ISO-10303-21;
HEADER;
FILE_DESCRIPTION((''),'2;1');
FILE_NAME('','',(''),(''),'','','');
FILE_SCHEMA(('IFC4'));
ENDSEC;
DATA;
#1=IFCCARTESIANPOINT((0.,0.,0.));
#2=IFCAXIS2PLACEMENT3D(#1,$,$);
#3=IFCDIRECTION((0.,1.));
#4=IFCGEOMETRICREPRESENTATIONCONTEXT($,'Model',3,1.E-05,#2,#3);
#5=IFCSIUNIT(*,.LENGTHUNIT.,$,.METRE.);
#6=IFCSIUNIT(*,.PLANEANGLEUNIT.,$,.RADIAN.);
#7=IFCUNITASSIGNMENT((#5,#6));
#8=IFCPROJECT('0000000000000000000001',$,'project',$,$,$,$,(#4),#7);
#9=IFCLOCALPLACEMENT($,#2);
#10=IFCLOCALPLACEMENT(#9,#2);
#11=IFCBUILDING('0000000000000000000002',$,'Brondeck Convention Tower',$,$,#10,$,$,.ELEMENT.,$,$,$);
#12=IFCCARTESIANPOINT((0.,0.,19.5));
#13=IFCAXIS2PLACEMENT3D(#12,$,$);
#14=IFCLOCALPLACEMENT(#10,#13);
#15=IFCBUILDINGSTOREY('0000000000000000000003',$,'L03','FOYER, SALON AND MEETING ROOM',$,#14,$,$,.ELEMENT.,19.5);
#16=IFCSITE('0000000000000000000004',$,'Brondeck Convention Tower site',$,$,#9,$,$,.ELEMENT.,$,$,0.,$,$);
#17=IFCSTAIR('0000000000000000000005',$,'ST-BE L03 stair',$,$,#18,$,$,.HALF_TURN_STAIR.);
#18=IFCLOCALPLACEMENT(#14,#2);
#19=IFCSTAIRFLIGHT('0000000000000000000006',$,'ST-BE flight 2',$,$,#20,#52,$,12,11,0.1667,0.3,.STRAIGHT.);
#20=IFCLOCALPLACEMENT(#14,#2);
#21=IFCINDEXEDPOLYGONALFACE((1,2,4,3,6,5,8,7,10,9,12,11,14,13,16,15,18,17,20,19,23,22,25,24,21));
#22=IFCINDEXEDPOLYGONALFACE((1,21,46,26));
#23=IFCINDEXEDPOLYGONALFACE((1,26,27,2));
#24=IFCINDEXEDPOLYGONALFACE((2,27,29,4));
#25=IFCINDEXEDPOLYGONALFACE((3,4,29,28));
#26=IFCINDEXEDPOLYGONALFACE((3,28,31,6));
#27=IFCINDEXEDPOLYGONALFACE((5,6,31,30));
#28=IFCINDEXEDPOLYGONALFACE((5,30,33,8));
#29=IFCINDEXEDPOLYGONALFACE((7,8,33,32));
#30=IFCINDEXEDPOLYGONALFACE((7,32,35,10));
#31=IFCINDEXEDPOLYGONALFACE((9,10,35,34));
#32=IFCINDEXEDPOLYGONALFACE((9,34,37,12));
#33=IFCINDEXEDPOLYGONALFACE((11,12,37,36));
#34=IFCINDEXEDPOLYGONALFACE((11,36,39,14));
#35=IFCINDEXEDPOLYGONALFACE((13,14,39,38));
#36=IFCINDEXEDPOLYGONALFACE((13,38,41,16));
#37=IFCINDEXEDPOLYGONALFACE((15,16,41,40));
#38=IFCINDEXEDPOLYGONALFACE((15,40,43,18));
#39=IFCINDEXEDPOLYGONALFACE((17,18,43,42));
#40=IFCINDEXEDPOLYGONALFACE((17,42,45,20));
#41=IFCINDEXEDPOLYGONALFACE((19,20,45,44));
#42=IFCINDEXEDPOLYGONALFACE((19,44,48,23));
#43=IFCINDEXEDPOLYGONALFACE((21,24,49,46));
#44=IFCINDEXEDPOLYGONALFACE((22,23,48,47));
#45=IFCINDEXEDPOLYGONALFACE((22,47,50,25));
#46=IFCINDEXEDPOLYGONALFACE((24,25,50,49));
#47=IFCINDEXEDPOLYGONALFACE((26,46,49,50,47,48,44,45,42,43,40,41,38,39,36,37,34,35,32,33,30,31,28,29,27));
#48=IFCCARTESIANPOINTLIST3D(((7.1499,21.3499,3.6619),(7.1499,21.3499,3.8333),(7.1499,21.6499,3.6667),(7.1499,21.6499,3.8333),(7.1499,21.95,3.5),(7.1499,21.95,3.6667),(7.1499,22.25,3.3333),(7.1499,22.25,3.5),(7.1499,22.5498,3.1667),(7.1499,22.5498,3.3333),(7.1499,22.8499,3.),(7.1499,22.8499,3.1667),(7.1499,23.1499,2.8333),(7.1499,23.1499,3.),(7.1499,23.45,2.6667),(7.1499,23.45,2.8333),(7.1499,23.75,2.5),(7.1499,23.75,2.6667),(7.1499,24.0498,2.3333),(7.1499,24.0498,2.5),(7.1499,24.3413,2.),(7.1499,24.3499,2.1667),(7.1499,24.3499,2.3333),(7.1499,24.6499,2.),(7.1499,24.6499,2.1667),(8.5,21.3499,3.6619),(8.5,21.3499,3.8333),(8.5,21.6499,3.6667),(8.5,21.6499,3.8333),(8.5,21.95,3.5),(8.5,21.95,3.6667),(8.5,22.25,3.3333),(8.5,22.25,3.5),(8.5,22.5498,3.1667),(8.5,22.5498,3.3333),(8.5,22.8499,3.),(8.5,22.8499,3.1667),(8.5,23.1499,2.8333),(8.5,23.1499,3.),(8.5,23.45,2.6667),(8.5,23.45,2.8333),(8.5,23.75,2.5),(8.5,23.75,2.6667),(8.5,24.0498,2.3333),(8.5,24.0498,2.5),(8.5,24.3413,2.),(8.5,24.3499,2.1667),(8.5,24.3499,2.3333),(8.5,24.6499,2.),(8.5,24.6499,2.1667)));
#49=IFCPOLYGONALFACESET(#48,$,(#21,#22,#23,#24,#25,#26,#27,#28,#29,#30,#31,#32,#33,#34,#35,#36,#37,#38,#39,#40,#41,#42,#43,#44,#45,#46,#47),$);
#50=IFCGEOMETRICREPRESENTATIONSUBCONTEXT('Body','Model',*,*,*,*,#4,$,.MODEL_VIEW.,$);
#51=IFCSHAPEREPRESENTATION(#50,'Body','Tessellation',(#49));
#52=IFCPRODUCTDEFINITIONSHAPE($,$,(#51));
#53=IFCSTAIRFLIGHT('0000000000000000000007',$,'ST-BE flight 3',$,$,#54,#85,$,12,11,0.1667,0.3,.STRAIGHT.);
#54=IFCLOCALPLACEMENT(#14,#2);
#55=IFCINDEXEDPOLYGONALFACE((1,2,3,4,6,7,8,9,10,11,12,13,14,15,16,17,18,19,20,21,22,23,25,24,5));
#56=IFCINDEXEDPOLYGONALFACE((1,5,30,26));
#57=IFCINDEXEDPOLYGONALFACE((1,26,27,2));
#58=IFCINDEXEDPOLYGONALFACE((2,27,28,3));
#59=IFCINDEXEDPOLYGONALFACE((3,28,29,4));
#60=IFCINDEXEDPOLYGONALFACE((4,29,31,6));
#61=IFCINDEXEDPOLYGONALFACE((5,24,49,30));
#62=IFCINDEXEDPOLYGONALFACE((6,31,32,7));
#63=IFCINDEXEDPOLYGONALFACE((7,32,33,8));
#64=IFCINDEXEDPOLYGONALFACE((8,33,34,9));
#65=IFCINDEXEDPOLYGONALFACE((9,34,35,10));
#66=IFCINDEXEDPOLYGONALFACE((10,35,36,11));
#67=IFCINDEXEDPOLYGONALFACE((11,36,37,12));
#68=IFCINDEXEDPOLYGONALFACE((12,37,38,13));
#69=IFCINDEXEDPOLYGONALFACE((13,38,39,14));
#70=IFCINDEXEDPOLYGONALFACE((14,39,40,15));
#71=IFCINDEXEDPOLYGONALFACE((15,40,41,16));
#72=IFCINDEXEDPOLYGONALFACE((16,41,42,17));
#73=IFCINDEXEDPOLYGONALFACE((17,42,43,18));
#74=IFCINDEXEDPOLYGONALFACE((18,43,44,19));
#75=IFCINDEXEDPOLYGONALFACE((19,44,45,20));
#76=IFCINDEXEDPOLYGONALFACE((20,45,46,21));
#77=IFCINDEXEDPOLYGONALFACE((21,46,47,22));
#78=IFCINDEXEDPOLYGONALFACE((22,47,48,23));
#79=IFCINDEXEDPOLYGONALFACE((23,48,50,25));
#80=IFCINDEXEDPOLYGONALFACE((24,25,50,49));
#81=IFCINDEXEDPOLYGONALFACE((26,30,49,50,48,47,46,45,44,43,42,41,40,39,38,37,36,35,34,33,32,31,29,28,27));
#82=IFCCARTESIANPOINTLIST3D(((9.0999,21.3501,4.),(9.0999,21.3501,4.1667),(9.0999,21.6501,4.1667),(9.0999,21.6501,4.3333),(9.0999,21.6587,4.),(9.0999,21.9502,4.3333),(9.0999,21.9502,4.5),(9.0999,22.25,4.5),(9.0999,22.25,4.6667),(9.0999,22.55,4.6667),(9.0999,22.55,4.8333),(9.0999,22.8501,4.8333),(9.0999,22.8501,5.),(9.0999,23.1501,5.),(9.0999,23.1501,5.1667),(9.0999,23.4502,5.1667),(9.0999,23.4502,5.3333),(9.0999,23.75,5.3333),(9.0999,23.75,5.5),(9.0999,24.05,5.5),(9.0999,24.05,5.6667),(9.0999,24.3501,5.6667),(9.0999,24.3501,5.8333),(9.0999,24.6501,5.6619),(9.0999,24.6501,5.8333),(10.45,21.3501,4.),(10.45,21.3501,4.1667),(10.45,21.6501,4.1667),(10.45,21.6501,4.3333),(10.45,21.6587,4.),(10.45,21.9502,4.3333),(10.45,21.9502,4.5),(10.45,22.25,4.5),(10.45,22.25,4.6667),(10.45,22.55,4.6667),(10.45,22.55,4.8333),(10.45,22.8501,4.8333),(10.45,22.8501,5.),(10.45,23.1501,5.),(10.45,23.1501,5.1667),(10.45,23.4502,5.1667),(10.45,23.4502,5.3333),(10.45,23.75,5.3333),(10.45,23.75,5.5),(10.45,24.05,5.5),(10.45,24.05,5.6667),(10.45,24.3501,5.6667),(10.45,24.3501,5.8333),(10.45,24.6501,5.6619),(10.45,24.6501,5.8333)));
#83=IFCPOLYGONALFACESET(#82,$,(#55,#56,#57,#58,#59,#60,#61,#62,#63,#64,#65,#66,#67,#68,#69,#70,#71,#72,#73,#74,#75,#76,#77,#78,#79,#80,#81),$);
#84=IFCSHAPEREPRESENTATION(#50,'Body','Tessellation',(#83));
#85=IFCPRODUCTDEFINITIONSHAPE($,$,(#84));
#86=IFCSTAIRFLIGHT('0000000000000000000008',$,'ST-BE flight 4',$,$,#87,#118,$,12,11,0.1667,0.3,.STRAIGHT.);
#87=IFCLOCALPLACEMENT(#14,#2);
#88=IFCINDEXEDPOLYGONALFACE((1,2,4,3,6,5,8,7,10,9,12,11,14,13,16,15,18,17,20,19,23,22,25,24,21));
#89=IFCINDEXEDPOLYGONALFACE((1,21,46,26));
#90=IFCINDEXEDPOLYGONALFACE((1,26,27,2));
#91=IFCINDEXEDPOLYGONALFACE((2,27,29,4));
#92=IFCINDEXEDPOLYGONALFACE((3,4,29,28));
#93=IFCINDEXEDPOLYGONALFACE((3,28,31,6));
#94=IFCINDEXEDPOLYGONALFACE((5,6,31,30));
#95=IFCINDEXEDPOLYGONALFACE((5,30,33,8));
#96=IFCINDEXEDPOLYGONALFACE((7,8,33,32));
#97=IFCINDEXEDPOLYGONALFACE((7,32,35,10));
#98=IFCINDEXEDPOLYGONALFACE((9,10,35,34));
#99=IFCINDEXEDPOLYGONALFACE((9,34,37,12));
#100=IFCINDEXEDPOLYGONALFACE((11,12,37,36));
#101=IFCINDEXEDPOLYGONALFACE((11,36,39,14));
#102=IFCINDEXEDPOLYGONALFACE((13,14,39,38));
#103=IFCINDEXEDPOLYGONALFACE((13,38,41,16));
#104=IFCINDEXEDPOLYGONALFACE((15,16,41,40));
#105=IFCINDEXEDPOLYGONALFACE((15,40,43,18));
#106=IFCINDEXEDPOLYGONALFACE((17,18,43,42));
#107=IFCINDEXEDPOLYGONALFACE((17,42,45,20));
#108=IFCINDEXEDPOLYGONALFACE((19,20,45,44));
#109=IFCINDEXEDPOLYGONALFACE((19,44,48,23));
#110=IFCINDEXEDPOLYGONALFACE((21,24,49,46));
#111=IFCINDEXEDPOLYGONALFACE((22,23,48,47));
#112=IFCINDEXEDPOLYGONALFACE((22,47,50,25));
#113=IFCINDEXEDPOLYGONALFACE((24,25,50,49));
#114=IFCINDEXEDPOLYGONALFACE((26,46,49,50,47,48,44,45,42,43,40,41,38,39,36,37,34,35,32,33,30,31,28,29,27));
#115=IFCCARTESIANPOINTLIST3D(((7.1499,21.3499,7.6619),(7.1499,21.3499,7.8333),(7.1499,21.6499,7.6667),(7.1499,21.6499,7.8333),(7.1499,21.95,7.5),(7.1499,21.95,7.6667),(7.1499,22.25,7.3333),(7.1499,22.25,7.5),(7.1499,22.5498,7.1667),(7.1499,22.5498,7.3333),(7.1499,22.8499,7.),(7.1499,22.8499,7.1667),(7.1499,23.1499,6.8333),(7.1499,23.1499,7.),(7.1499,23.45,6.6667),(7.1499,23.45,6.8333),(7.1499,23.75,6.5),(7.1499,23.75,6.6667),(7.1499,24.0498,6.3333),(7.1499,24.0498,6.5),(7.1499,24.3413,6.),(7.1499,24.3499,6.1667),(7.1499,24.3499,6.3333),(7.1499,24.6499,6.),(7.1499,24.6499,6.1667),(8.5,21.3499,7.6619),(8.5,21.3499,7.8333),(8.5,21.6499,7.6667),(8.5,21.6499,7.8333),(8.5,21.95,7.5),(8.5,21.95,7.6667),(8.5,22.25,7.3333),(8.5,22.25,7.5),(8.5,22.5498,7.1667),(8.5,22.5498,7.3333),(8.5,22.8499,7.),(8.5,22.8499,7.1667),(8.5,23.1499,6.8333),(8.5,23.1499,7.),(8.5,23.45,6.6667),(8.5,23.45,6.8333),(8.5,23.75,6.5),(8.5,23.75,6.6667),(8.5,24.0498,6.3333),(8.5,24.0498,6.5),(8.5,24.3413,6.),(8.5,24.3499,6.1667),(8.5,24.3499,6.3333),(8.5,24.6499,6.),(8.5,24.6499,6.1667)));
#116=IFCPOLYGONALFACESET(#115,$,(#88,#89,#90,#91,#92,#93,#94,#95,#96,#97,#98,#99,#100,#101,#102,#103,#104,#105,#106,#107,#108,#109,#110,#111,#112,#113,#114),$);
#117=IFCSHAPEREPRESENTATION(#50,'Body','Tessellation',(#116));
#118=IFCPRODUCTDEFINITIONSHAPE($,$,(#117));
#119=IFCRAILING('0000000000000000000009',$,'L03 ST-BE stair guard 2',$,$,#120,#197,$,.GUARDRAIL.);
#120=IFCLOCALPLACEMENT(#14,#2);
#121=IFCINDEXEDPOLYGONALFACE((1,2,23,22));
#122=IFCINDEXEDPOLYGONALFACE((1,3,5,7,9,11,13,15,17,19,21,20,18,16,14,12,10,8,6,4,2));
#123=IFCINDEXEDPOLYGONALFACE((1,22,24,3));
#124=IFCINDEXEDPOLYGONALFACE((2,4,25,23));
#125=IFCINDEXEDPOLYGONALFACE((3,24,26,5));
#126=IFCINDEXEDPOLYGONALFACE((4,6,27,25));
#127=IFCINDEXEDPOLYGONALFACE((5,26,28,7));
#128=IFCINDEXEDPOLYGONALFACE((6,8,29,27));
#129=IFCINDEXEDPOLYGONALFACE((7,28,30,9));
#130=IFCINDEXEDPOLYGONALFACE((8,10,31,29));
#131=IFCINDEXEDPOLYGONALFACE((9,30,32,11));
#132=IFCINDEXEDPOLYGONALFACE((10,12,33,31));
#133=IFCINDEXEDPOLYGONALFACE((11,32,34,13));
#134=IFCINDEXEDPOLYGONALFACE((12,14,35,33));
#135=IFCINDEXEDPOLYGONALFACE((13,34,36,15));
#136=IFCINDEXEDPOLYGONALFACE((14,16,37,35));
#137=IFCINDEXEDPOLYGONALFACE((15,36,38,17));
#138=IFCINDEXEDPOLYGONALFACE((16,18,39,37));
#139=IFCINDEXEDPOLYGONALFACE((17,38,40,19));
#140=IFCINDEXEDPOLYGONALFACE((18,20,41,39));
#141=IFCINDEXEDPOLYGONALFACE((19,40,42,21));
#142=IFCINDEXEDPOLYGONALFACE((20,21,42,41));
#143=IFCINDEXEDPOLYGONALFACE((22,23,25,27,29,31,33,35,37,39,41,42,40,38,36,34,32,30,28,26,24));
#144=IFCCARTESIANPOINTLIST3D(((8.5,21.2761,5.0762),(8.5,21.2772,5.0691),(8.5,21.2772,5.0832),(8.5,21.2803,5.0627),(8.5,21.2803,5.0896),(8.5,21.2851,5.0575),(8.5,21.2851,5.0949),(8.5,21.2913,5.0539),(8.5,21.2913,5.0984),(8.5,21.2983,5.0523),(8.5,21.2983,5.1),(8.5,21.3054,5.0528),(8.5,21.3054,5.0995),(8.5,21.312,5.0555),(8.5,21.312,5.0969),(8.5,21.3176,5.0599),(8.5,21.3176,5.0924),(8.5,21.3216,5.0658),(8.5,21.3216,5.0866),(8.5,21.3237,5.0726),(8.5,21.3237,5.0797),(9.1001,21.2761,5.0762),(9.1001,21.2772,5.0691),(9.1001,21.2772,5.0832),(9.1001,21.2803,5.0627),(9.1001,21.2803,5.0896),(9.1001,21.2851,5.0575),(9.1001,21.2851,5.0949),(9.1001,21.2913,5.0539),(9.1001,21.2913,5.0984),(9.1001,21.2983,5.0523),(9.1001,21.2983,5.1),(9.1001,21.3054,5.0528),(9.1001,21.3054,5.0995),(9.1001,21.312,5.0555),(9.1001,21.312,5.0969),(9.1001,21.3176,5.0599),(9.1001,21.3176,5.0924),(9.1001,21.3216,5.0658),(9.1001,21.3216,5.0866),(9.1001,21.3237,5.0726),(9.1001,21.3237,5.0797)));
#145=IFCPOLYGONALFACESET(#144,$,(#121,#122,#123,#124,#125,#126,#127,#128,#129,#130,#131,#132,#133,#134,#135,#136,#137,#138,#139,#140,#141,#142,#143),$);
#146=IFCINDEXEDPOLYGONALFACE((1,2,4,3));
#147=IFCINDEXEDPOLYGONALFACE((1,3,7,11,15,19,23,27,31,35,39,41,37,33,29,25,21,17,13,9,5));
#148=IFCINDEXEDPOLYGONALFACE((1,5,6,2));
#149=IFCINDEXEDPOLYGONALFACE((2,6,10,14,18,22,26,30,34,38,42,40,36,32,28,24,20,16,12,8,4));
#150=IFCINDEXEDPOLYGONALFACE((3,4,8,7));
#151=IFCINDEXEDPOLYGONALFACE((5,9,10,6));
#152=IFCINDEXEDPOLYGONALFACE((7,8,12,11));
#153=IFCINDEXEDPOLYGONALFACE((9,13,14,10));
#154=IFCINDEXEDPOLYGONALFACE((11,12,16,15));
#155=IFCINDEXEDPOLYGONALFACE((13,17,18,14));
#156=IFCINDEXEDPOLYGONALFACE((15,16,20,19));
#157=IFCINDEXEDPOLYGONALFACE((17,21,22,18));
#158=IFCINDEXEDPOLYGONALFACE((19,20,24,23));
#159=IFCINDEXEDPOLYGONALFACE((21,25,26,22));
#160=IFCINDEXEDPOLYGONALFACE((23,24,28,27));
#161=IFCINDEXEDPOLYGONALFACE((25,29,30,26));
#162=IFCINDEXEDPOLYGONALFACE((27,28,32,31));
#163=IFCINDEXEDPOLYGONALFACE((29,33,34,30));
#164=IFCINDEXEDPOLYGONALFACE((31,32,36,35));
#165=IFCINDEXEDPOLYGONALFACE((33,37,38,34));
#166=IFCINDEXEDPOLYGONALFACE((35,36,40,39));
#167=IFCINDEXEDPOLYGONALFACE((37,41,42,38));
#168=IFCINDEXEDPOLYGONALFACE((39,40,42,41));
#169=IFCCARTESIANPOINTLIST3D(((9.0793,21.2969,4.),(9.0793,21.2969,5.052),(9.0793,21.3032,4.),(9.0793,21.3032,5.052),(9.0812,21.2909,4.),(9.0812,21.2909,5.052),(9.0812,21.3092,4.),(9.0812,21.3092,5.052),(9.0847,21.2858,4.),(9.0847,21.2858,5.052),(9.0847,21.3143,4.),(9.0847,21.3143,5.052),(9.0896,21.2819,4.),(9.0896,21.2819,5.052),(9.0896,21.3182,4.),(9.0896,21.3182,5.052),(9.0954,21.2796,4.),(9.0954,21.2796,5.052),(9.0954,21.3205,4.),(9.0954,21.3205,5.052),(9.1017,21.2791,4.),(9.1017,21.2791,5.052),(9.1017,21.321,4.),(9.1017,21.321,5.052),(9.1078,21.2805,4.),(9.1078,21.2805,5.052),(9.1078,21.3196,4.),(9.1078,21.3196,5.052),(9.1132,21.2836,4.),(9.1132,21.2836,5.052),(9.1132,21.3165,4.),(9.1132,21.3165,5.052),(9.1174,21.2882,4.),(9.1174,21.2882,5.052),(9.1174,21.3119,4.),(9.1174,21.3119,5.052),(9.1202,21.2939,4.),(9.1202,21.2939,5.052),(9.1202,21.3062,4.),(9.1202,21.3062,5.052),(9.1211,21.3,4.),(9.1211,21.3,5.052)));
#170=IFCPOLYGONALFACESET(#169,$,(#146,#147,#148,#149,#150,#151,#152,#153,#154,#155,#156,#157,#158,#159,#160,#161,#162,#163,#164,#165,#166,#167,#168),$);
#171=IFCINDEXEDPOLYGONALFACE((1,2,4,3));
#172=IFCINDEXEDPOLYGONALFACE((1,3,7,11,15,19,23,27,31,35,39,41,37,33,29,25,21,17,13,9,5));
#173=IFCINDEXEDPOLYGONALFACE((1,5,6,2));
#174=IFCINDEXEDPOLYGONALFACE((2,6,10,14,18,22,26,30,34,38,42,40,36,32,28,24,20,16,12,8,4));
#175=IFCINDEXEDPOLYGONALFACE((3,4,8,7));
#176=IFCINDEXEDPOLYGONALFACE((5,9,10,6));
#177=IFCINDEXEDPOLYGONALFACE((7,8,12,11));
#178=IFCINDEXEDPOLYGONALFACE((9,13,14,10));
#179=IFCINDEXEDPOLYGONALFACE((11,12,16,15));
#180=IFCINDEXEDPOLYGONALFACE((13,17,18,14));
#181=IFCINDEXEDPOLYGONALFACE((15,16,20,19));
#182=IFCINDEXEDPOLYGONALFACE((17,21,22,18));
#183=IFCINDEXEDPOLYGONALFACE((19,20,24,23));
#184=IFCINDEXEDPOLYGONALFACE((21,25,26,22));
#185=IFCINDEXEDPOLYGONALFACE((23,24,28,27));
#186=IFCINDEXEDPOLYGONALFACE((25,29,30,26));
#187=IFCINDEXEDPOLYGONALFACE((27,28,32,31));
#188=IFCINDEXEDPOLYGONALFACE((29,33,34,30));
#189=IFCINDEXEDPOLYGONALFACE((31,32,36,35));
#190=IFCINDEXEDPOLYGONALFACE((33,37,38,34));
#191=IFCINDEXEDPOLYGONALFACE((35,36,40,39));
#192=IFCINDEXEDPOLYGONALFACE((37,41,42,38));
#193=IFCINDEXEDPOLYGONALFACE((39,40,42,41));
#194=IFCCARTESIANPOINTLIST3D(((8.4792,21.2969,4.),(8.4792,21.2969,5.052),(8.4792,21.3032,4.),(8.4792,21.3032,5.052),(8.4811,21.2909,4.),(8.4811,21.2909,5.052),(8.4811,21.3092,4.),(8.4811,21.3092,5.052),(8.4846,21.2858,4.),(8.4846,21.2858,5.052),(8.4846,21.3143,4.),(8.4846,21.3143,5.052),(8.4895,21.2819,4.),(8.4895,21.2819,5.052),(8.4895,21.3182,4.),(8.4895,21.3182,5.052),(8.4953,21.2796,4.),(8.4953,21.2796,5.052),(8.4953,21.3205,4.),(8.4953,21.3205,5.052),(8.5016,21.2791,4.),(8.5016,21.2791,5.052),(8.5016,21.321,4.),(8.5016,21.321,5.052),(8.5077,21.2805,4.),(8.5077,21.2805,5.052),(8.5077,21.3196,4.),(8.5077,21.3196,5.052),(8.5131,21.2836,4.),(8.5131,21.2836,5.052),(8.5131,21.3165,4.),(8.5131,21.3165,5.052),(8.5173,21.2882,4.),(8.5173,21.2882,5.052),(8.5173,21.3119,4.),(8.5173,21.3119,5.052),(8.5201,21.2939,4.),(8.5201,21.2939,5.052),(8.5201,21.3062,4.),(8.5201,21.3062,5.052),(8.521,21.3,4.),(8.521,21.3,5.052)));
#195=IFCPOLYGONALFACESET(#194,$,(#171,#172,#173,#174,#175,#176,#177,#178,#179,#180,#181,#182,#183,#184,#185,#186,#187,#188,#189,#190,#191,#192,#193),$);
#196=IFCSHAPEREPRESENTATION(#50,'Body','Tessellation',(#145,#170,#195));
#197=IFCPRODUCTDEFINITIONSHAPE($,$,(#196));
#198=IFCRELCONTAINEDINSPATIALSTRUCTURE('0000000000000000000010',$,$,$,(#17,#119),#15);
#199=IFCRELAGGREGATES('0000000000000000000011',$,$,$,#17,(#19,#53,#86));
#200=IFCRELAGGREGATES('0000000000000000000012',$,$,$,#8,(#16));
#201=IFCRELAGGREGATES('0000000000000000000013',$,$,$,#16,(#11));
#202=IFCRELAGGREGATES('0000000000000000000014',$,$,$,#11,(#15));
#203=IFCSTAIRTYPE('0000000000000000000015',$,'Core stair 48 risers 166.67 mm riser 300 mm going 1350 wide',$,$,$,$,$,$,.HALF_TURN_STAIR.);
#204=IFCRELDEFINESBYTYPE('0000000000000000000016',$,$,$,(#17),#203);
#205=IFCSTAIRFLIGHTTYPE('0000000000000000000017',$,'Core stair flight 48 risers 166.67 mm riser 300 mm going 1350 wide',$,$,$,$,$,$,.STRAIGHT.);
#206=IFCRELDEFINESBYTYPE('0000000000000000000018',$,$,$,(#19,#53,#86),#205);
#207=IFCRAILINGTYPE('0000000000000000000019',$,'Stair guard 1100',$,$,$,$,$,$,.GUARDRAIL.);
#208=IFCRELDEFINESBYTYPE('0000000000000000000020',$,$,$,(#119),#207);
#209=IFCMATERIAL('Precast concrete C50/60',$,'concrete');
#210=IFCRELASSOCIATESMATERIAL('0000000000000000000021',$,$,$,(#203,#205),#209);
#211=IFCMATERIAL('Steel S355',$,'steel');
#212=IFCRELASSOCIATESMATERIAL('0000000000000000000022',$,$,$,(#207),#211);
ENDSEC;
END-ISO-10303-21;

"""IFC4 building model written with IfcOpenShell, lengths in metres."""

from ifc_helpers import new_model, si_unit, direction, frame, origin, origin_2d, place, context, subcontext, project, spatial, polyline, circle, outline, extrude, material, type_object, element, aggregate, save


model = new_model("IFC4")

# Units and contexts
model_context = context("Model", 3, precision=1e-05, world=origin(), true_north=direction((0.0, 1.0)))
body_context = subcontext(model_context, "Body", "Model", "MODEL_VIEW")
ifc_project = project(units=[si_unit("LENGTHUNIT", "METRE"), si_unit("PLANEANGLEUNIT", "RADIAN")], contexts=[model_context])

# Site, building, storey
site_placement = place(None, origin())
site = spatial("IfcSite", under=ifc_project, at=site_placement, Name="Brondeck Convention Tower site", CompositionType="ELEMENT", RefElevation=0.0)
building_placement = place(site_placement, origin())
building = spatial("IfcBuilding", under=site, at=building_placement, Name="Brondeck Convention Tower", CompositionType="ELEMENT")
storey_placement = place(building_placement, frame((0.0, 0.0, 19.5)))
storey = spatial("IfcBuildingStorey", under=building, at=storey_placement, Name="L03", Description="FOYER, SALON AND MEETING ROOM", CompositionType="ELEMENT", Elevation=19.5)

# Shared definitions
ifc_material_1 = material(Name="Steel S355", Category="steel")

# Stair, stair flights
ifc_material_2 = material(Name="Precast concrete C50/60", Category="concrete")
stair_type = type_object("IfcStairType", Name="Core stair 48 risers 166.67 mm riser 300 mm going 1350 wide", PredefinedType="HALF_TURN_STAIR", material=ifc_material_2)
stair_placement = place(storey_placement, origin())
stair = element("IfcStair", 1, at=stair_placement, inside=storey, type_object=stair_type, Name="ST-BE L03 stair", PredefinedType="HALF_TURN_STAIR")
stair_flight_type = type_object("IfcStairFlightType", Name="Core stair flight 48 risers 166.67 mm riser 300 mm going 1350 wide", PredefinedType="STRAIGHT", material=ifc_material_2)
stair_flight_1_placement = place(storey_placement, frame((7.825, 24.6499, 2.0), z_axis=(0.0, 0.0, 1.0), x_axis=(0.0, -1.0, 0.0)))
stair_flight_1 = element("IfcStairFlight", 2, at=stair_flight_1_placement, type_object=stair_flight_type, Name="ST-BE flight 2", NumberOfRisers=12, NumberOfTreads=11, PredefinedType="STRAIGHT", RiserHeight=0.1667, TreadLength=0.3, context=body_context, shape_type="SweptSolid", body=[
    extrude(outline(polyline([(0.0, 0.0), (0.0, 0.1667), (0.3, 0.1667), (0.3, 0.3333), (0.6001, 0.3333), (0.6001, 0.5), (0.8999, 0.5), (0.8999, 0.6667), (1.2, 0.6667), (1.2, 0.8333), (1.5, 0.8333), (1.5, 1.0), (1.8, 1.0), (1.8, 1.1667), (2.1001, 1.1667), (2.1001, 1.3333), (2.3999, 1.3333), (2.3999, 1.5), (2.7, 1.5), (2.7, 1.6667), (3.0, 1.6667), (3.0, 1.8333), (3.3, 1.8333), (3.3, 2.0), (3.3, 1.6619), (0.3086, 0.0), (0.0, 0.0)])), frame((0.0, 0.675, 0.0), z_axis=(0.0, -1.0, 0.0), x_axis=(1.0, 0.0, 0.0)), (0.0, 0.0, 1.0), 1.3501),
])
stair_flight_2_placement = place(storey_placement, frame((9.7749, 21.3501, 4.0), z_axis=(0.0, 0.0, 1.0), x_axis=(0.0, 1.0, 0.0)))
stair_flight_2 = element("IfcStairFlight", 3, at=stair_flight_2_placement, type_object=stair_flight_type, Name="ST-BE flight 3", NumberOfRisers=12, NumberOfTreads=11, PredefinedType="STRAIGHT", RiserHeight=0.1667, TreadLength=0.3, context=body_context, shape_type="SweptSolid", body=[
    extrude(outline(polyline([(0.0, 0.0), (0.0, 0.1667), (0.3, 0.1667), (0.3, 0.3333), (0.6001, 0.3333), (0.6001, 0.5), (0.8999, 0.5), (0.8999, 0.6667), (1.2, 0.6667), (1.2, 0.8333), (1.5, 0.8333), (1.5, 1.0), (1.8, 1.0), (1.8, 1.1667), (2.1001, 1.1667), (2.1001, 1.3333), (2.3999, 1.3333), (2.3999, 1.5), (2.7, 1.5), (2.7, 1.6667), (3.0, 1.6667), (3.0, 1.8333), (3.3, 1.8333), (3.3, 2.0), (3.3, 1.6619), (0.3086, 0.0), (0.0, 0.0)])), frame((0.0, 0.675, 0.0), z_axis=(0.0, -1.0, 0.0), x_axis=(1.0, 0.0, 0.0)), (0.0, 0.0, 1.0), 1.3501),
])
stair_flight_3_placement = place(storey_placement, frame((7.825, 24.6499, 6.0), z_axis=(0.0, 0.0, 1.0), x_axis=(0.0, -1.0, 0.0)))
stair_flight_3 = element("IfcStairFlight", 4, at=stair_flight_3_placement, type_object=stair_flight_type, Name="ST-BE flight 4", NumberOfRisers=12, NumberOfTreads=11, PredefinedType="STRAIGHT", RiserHeight=0.1667, TreadLength=0.3, context=body_context, shape_type="SweptSolid", body=[
    extrude(outline(polyline([(0.0, 0.0), (0.0, 0.1667), (0.3, 0.1667), (0.3, 0.3333), (0.6001, 0.3333), (0.6001, 0.5), (0.8999, 0.5), (0.8999, 0.6667), (1.2, 0.6667), (1.2, 0.8333), (1.5, 0.8333), (1.5, 1.0), (1.8, 1.0), (1.8, 1.1667), (2.1001, 1.1667), (2.1001, 1.3333), (2.3999, 1.3333), (2.3999, 1.5), (2.7, 1.5), (2.7, 1.6667), (3.0, 1.6667), (3.0, 1.8333), (3.3, 1.8333), (3.3, 2.0), (3.3, 1.6619), (0.3086, 0.0), (0.0, 0.0)])), frame((0.0, 0.675, 0.0), z_axis=(0.0, -1.0, 0.0), x_axis=(1.0, 0.0, 0.0)), (0.0, 0.0, 1.0), 1.3501),
])
aggregate(stair, [stair_flight_1, stair_flight_2, stair_flight_3])

# Railing
railing_type_1 = type_object("IfcRailingType", Name="Stair guard 1100", PredefinedType="GUARDRAIL", material=ifc_material_1)
railing_1_placement = place(storey_placement, frame((9.1001, 21.3, 4.0)))
element("IfcRailing", 5, at=railing_1_placement, inside=storey, type_object=railing_type_1, Name="L03 ST-BE stair guard 2", PredefinedType="GUARDRAIL", context=body_context, shape_type="SweptSolid", body=[
    extrude(circle(Radius=0.0239, at=origin_2d()), frame((0.0, 0.0, 1.0762), z_axis=(-1.0, 0.0, 0.0), x_axis=(0.0, -1.0, 0.0)), (0.0, 0.0, 1.0), 0.6001),
    extrude(circle(Radius=0.021, at=origin_2d()), origin(), (0.0, 0.0, 1.0), 1.052),
    extrude(circle(Radius=0.021, at=origin_2d()), frame((-0.6001, 0.0, 0.0)), (0.0, 0.0, 1.0), 1.052),
])

save(model, "model.ifc")
